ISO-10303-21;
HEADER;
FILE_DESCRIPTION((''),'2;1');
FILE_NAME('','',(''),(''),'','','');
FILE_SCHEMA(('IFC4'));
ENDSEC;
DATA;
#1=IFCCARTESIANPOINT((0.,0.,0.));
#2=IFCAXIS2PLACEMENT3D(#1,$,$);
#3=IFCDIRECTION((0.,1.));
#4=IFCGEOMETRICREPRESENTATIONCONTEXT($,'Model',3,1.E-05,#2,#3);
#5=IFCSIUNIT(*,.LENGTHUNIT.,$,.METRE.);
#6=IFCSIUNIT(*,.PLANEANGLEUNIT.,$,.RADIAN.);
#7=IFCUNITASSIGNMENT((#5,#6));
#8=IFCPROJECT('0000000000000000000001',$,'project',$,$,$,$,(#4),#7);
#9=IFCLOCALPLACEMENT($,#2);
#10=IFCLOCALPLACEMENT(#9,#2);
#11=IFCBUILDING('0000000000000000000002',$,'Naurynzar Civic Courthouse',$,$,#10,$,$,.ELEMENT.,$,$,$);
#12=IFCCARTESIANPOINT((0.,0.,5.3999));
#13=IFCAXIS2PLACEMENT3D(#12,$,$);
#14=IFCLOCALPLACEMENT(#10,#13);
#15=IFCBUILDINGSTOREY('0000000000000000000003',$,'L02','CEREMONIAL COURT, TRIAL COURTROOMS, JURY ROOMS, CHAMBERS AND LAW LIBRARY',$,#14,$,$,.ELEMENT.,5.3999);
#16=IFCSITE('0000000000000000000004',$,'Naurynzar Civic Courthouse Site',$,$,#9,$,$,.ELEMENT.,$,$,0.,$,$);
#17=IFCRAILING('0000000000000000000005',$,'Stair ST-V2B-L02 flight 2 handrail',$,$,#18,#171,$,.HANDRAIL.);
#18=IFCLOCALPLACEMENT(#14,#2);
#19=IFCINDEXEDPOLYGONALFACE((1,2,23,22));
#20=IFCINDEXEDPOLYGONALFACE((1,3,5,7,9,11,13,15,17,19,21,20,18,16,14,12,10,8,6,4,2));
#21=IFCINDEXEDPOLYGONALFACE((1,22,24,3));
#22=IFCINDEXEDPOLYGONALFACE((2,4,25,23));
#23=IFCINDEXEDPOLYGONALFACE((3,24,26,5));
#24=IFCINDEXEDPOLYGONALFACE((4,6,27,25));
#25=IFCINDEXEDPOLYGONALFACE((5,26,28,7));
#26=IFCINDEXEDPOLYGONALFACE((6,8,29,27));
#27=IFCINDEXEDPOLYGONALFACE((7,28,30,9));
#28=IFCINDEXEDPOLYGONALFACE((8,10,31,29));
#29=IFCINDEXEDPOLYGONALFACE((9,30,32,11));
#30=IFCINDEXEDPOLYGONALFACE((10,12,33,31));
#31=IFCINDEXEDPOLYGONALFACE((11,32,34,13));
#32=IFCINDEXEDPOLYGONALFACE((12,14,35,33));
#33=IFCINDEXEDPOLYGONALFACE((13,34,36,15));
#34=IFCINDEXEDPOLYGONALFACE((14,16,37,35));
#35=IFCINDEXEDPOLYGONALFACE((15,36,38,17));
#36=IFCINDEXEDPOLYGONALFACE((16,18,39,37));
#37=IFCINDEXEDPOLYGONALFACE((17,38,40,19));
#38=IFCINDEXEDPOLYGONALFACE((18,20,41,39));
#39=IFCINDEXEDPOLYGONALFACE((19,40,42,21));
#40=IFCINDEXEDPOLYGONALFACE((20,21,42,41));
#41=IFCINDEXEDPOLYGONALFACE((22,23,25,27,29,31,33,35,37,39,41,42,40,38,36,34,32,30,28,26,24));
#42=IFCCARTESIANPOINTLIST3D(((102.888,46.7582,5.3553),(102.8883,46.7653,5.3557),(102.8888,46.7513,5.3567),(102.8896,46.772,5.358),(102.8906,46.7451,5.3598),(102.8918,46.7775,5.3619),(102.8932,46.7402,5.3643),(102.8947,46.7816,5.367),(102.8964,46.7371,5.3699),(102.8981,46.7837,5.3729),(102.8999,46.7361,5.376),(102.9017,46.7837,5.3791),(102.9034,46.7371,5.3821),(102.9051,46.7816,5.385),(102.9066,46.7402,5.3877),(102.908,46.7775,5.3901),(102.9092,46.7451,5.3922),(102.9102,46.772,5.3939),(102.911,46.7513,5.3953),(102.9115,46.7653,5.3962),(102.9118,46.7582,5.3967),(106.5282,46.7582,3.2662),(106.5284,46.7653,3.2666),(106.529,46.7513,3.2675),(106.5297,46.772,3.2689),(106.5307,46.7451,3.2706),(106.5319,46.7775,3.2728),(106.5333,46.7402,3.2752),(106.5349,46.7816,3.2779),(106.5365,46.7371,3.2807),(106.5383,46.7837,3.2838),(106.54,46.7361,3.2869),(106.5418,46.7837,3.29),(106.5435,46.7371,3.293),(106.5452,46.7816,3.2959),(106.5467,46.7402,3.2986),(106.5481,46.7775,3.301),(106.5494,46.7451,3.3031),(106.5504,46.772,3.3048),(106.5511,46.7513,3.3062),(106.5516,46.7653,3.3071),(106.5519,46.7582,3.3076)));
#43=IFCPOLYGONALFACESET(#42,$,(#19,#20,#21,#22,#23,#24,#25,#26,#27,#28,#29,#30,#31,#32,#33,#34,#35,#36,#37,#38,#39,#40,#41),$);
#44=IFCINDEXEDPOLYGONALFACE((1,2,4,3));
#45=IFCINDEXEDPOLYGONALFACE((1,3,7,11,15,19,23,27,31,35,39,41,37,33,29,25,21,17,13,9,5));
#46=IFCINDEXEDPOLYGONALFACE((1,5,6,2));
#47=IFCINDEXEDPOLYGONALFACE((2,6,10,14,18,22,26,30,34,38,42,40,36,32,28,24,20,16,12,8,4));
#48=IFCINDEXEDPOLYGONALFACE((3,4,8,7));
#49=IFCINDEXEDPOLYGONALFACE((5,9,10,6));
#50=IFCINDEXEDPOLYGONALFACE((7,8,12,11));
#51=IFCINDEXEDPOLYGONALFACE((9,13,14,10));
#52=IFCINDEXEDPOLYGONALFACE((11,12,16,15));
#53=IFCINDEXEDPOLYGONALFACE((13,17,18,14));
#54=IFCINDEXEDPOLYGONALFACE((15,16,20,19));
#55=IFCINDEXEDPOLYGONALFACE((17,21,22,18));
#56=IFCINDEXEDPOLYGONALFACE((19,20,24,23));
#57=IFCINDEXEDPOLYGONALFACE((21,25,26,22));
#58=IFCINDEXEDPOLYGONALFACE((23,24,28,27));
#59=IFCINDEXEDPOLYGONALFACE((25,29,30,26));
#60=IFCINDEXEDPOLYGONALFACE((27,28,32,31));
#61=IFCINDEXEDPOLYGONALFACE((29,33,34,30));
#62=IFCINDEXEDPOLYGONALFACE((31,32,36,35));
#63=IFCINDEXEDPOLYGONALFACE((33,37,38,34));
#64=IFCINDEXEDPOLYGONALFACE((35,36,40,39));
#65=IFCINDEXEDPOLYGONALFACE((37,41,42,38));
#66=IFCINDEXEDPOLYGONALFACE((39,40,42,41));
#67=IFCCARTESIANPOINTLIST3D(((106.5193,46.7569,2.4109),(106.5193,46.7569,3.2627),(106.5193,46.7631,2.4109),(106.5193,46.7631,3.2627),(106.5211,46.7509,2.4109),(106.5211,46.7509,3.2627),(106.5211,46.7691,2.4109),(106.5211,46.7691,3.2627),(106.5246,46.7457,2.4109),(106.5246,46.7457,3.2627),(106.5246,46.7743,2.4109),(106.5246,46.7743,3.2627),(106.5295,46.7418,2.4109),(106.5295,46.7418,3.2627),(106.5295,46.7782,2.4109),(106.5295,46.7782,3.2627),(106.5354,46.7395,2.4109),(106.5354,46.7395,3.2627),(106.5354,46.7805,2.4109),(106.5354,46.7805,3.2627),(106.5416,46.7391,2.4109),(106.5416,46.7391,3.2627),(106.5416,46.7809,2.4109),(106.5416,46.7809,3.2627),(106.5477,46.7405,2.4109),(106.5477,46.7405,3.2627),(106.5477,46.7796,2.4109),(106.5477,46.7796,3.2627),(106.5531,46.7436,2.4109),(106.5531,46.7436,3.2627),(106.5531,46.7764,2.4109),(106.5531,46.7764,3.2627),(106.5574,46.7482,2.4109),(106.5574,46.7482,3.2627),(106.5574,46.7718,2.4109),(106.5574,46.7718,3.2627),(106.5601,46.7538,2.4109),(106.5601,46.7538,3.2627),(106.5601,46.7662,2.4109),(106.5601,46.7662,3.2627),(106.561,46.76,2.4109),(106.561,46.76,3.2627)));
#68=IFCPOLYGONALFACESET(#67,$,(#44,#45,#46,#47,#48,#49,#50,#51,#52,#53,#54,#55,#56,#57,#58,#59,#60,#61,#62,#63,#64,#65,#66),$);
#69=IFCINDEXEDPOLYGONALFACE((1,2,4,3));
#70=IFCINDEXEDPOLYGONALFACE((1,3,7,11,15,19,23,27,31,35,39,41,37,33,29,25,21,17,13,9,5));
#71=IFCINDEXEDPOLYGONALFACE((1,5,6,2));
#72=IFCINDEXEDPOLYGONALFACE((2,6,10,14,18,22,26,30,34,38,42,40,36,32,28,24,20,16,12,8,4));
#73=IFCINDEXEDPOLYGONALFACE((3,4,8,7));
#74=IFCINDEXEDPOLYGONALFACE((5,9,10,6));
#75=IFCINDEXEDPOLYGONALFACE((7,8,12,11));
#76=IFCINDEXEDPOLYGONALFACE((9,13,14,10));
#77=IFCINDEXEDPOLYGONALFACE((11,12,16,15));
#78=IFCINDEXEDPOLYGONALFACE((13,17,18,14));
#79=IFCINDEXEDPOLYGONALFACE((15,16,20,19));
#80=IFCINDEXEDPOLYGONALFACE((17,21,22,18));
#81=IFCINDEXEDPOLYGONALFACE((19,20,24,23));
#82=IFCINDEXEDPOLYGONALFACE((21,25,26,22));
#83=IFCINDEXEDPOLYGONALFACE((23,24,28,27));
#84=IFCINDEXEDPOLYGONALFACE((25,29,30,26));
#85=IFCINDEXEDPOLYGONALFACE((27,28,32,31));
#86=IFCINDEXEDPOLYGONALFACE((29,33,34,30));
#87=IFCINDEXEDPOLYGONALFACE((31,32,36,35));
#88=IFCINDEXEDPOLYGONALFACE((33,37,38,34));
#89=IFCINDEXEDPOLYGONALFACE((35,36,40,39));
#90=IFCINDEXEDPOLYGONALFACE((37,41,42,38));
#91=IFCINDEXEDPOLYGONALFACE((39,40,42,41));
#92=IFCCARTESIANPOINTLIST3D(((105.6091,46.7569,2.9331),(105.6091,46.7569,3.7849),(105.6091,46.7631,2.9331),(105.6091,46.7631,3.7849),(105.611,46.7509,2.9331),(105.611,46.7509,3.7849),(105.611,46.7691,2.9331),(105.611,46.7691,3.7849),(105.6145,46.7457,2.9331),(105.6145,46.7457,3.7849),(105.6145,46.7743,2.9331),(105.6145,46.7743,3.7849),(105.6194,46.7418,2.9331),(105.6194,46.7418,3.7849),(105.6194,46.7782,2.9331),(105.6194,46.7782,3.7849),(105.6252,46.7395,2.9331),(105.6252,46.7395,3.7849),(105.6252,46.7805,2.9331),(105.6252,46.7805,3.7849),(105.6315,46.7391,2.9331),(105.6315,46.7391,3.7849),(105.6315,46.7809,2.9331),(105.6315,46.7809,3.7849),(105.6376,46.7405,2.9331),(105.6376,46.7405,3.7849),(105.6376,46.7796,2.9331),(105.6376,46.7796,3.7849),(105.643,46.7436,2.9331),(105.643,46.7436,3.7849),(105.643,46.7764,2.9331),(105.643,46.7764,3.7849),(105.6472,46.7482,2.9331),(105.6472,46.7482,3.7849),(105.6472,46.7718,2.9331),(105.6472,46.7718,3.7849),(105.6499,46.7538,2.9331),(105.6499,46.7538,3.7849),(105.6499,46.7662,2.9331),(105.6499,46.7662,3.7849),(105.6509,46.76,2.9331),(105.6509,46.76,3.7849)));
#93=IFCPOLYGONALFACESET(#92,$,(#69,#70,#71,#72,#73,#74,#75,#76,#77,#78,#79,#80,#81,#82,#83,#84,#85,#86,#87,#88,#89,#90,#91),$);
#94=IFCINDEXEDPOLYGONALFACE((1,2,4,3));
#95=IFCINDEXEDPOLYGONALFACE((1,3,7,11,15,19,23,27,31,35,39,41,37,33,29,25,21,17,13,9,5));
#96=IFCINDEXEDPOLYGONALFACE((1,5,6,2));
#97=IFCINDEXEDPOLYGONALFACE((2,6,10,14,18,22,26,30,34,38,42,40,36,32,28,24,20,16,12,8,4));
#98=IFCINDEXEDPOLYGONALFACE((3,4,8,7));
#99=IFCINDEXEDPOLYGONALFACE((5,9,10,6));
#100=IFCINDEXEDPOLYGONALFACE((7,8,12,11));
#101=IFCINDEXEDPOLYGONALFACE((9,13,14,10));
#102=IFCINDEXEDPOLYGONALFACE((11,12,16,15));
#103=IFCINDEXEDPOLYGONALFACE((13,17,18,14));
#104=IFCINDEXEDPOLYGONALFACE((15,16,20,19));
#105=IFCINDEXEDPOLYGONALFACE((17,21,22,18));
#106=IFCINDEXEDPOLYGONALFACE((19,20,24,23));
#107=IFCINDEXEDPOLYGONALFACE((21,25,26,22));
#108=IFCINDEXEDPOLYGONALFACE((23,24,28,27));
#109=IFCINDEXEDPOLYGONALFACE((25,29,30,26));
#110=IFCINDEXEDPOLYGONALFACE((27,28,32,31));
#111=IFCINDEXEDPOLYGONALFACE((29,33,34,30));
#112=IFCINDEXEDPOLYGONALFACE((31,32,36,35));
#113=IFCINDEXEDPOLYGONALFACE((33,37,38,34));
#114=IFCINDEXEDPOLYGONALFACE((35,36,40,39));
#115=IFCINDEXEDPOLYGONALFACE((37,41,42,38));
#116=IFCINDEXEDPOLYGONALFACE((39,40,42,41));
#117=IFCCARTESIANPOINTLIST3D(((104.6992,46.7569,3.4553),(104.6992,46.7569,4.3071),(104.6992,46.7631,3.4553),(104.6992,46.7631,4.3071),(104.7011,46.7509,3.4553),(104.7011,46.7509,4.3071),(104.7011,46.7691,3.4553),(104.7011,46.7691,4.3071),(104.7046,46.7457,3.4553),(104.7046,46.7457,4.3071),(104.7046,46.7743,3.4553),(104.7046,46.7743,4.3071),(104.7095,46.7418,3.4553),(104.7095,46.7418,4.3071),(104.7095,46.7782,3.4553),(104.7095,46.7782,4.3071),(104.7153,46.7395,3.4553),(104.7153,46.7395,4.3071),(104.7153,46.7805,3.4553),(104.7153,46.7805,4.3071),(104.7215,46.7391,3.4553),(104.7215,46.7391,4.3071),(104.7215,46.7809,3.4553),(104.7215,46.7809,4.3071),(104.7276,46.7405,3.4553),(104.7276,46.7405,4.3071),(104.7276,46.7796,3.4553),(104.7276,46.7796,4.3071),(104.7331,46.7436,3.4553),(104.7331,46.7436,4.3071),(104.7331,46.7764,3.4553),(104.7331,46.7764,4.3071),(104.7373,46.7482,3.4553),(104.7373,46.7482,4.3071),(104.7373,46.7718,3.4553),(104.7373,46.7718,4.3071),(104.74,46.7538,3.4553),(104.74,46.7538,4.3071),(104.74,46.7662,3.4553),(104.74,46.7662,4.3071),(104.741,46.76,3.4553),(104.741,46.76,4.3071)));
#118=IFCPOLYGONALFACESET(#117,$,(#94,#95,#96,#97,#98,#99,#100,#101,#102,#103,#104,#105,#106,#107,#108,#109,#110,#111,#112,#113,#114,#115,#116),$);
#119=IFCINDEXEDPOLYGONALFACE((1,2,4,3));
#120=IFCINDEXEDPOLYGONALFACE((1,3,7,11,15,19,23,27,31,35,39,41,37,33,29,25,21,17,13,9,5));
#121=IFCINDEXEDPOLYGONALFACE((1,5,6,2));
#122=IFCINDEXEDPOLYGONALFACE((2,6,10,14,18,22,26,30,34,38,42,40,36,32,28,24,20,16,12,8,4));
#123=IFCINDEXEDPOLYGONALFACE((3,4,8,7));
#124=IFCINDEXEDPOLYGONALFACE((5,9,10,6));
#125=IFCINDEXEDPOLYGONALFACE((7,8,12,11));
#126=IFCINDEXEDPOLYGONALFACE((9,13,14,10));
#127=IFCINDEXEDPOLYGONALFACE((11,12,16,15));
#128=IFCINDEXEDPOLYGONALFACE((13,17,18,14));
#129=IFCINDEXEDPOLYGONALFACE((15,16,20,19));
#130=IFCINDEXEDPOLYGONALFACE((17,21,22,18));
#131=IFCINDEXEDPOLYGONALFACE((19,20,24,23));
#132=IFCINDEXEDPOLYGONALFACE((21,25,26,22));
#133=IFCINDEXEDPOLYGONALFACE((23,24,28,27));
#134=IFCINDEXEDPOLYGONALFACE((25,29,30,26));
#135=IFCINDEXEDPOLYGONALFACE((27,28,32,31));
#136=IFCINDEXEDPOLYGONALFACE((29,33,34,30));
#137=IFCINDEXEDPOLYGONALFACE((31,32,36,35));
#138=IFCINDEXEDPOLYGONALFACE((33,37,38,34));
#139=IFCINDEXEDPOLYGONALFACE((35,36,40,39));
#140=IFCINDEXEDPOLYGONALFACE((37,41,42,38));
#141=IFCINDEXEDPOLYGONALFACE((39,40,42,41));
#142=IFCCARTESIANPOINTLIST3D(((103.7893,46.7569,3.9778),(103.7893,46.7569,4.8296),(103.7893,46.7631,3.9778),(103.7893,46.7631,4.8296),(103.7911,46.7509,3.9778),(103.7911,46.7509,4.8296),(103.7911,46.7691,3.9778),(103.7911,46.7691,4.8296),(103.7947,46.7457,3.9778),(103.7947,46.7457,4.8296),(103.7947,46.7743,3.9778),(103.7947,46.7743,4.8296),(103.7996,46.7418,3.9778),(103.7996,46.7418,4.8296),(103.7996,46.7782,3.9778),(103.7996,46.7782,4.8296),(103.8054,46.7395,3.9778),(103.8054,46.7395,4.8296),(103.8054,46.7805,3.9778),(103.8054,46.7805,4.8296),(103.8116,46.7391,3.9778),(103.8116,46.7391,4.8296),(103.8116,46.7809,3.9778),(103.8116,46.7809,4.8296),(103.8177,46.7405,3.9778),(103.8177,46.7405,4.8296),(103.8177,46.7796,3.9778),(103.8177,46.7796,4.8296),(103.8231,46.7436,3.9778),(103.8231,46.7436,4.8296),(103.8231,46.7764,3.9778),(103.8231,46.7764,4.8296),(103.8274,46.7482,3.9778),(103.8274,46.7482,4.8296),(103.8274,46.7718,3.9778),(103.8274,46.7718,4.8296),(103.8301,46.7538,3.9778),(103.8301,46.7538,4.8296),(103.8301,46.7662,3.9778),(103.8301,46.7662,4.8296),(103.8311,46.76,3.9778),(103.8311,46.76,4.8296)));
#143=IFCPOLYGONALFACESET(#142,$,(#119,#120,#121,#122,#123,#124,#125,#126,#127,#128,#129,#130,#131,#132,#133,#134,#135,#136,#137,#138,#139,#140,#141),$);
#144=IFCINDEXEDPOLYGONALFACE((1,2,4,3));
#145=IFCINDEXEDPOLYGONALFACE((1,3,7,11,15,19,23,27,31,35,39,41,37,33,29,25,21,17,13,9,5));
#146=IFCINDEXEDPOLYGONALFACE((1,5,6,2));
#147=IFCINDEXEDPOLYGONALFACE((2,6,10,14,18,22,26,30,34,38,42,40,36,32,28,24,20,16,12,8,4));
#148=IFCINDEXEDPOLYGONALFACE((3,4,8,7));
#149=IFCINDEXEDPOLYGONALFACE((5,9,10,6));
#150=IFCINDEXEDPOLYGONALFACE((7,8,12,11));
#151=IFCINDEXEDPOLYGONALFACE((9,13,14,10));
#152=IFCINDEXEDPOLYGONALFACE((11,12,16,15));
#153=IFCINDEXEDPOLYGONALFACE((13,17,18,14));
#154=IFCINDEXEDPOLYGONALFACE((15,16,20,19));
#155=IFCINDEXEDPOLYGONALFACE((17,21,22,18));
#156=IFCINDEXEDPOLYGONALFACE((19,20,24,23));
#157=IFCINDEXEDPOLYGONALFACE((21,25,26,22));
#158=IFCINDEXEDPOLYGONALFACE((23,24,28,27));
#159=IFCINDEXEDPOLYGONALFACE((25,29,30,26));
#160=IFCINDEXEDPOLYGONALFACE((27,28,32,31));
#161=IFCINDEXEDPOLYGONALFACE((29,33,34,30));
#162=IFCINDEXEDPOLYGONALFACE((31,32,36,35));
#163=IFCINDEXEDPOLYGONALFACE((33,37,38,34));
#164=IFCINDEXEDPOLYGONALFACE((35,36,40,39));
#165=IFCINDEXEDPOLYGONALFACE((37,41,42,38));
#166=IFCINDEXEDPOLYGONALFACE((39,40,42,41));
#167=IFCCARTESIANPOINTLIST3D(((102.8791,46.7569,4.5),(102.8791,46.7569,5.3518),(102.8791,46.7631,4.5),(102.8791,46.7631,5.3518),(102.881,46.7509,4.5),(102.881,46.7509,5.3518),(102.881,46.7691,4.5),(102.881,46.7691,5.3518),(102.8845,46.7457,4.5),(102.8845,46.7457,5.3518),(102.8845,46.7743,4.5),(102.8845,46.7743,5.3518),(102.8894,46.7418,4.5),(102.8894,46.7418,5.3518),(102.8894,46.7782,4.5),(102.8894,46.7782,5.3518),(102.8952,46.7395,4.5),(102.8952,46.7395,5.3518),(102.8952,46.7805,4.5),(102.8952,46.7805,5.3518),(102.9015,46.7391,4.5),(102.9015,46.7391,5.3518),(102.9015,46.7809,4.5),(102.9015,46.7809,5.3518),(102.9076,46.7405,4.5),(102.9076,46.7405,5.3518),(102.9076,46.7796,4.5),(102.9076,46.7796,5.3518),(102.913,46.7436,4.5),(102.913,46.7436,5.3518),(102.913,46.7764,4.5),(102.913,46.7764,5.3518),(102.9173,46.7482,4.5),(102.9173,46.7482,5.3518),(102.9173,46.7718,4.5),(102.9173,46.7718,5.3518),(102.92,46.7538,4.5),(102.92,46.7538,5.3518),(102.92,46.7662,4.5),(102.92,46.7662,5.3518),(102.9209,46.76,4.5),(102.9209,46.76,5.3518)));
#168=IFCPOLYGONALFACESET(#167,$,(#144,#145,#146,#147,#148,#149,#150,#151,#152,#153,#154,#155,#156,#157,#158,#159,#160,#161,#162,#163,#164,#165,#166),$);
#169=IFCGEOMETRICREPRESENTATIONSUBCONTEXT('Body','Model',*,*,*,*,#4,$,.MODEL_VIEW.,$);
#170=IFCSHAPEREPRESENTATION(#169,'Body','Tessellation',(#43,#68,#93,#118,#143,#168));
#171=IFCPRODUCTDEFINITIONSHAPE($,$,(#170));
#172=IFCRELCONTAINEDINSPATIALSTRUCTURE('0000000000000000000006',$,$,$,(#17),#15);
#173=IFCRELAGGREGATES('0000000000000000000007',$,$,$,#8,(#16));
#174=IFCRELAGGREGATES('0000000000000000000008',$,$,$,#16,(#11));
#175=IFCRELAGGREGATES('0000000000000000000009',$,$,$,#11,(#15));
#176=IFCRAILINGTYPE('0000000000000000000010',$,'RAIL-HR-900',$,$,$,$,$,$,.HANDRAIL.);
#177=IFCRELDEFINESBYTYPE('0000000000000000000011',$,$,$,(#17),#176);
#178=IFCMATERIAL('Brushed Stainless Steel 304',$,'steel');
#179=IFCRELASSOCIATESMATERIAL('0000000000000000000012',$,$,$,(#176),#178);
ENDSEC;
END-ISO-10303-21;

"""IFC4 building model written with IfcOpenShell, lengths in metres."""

from ifc_helpers import new_model, si_unit, direction, frame, origin, origin_2d, place, context, subcontext, project, spatial, circle, extrude, material, type_object, element, save


model = new_model("IFC4")

# Units and contexts
model_context = context("Model", 3, precision=1e-05, world=origin(), true_north=direction((0.0, 1.0)))
body_context = subcontext(model_context, "Body", "Model", "MODEL_VIEW")
ifc_project = project(units=[si_unit("LENGTHUNIT", "METRE"), si_unit("PLANEANGLEUNIT", "RADIAN")], contexts=[model_context])

# Site, building, storey
site_placement = place(None, origin())
site = spatial("IfcSite", under=ifc_project, at=site_placement, Name="Naurynzar Civic Courthouse Site", CompositionType="ELEMENT", RefElevation=0.0)
building_placement = place(site_placement, origin())
building = spatial("IfcBuilding", under=site, at=building_placement, Name="Naurynzar Civic Courthouse", CompositionType="ELEMENT")
storey_placement = place(building_placement, frame((0.0, 0.0, 5.3999)))
storey = spatial("IfcBuildingStorey", under=building, at=storey_placement, Name="L02", Description="CEREMONIAL COURT, TRIAL COURTROOMS, JURY ROOMS, CHAMBERS AND LAW LIBRARY", CompositionType="ELEMENT", Elevation=5.3999)

# Railing
ifc_material_1 = material(Name="Brushed Stainless Steel 304", Category="steel")
railing_type_1 = type_object("IfcRailingType", Name="RAIL-HR-900", PredefinedType="HANDRAIL", material=ifc_material_1)
railing_1_placement = place(storey_placement, frame((106.54, 46.76, 2.4109)))
element("IfcRailing", 1, at=railing_1_placement, inside=storey, type_object=railing_type_1, Name="Stair ST-V2B-L02 flight 2 handrail", PredefinedType="HANDRAIL", context=body_context, shape_type="SweptSolid", body=[
    extrude(circle(Radius=0.0239, at=origin_2d()), frame((0.0, 0.0, 0.876), z_axis=(-0.867314, 0.0, 0.497761), x_axis=(0.0, -1.0, 0.0)), (0.0, 0.0, 1.0), 4.197),
    extrude(circle(Radius=0.021, at=origin_2d()), origin(), (0.0, 0.0, 1.0), 0.8518),
    extrude(circle(Radius=0.021, at=origin_2d()), frame((-0.9102, 0.0, 0.5222)), (0.0, 0.0, 1.0), 0.8518),
    extrude(circle(Radius=0.021, at=origin_2d()), frame((-1.8201, 0.0, 1.0444)), (0.0, 0.0, 1.0), 0.8518),
    extrude(circle(Radius=0.021, at=origin_2d()), frame((-2.73, 0.0, 1.5669)), (0.0, 0.0, 1.0), 0.8518),
    extrude(circle(Radius=0.021, at=origin_2d()), frame((-3.6401, 0.0, 2.0891)), (0.0, 0.0, 1.0), 0.8518),
])

save(model, "model.ifc")
